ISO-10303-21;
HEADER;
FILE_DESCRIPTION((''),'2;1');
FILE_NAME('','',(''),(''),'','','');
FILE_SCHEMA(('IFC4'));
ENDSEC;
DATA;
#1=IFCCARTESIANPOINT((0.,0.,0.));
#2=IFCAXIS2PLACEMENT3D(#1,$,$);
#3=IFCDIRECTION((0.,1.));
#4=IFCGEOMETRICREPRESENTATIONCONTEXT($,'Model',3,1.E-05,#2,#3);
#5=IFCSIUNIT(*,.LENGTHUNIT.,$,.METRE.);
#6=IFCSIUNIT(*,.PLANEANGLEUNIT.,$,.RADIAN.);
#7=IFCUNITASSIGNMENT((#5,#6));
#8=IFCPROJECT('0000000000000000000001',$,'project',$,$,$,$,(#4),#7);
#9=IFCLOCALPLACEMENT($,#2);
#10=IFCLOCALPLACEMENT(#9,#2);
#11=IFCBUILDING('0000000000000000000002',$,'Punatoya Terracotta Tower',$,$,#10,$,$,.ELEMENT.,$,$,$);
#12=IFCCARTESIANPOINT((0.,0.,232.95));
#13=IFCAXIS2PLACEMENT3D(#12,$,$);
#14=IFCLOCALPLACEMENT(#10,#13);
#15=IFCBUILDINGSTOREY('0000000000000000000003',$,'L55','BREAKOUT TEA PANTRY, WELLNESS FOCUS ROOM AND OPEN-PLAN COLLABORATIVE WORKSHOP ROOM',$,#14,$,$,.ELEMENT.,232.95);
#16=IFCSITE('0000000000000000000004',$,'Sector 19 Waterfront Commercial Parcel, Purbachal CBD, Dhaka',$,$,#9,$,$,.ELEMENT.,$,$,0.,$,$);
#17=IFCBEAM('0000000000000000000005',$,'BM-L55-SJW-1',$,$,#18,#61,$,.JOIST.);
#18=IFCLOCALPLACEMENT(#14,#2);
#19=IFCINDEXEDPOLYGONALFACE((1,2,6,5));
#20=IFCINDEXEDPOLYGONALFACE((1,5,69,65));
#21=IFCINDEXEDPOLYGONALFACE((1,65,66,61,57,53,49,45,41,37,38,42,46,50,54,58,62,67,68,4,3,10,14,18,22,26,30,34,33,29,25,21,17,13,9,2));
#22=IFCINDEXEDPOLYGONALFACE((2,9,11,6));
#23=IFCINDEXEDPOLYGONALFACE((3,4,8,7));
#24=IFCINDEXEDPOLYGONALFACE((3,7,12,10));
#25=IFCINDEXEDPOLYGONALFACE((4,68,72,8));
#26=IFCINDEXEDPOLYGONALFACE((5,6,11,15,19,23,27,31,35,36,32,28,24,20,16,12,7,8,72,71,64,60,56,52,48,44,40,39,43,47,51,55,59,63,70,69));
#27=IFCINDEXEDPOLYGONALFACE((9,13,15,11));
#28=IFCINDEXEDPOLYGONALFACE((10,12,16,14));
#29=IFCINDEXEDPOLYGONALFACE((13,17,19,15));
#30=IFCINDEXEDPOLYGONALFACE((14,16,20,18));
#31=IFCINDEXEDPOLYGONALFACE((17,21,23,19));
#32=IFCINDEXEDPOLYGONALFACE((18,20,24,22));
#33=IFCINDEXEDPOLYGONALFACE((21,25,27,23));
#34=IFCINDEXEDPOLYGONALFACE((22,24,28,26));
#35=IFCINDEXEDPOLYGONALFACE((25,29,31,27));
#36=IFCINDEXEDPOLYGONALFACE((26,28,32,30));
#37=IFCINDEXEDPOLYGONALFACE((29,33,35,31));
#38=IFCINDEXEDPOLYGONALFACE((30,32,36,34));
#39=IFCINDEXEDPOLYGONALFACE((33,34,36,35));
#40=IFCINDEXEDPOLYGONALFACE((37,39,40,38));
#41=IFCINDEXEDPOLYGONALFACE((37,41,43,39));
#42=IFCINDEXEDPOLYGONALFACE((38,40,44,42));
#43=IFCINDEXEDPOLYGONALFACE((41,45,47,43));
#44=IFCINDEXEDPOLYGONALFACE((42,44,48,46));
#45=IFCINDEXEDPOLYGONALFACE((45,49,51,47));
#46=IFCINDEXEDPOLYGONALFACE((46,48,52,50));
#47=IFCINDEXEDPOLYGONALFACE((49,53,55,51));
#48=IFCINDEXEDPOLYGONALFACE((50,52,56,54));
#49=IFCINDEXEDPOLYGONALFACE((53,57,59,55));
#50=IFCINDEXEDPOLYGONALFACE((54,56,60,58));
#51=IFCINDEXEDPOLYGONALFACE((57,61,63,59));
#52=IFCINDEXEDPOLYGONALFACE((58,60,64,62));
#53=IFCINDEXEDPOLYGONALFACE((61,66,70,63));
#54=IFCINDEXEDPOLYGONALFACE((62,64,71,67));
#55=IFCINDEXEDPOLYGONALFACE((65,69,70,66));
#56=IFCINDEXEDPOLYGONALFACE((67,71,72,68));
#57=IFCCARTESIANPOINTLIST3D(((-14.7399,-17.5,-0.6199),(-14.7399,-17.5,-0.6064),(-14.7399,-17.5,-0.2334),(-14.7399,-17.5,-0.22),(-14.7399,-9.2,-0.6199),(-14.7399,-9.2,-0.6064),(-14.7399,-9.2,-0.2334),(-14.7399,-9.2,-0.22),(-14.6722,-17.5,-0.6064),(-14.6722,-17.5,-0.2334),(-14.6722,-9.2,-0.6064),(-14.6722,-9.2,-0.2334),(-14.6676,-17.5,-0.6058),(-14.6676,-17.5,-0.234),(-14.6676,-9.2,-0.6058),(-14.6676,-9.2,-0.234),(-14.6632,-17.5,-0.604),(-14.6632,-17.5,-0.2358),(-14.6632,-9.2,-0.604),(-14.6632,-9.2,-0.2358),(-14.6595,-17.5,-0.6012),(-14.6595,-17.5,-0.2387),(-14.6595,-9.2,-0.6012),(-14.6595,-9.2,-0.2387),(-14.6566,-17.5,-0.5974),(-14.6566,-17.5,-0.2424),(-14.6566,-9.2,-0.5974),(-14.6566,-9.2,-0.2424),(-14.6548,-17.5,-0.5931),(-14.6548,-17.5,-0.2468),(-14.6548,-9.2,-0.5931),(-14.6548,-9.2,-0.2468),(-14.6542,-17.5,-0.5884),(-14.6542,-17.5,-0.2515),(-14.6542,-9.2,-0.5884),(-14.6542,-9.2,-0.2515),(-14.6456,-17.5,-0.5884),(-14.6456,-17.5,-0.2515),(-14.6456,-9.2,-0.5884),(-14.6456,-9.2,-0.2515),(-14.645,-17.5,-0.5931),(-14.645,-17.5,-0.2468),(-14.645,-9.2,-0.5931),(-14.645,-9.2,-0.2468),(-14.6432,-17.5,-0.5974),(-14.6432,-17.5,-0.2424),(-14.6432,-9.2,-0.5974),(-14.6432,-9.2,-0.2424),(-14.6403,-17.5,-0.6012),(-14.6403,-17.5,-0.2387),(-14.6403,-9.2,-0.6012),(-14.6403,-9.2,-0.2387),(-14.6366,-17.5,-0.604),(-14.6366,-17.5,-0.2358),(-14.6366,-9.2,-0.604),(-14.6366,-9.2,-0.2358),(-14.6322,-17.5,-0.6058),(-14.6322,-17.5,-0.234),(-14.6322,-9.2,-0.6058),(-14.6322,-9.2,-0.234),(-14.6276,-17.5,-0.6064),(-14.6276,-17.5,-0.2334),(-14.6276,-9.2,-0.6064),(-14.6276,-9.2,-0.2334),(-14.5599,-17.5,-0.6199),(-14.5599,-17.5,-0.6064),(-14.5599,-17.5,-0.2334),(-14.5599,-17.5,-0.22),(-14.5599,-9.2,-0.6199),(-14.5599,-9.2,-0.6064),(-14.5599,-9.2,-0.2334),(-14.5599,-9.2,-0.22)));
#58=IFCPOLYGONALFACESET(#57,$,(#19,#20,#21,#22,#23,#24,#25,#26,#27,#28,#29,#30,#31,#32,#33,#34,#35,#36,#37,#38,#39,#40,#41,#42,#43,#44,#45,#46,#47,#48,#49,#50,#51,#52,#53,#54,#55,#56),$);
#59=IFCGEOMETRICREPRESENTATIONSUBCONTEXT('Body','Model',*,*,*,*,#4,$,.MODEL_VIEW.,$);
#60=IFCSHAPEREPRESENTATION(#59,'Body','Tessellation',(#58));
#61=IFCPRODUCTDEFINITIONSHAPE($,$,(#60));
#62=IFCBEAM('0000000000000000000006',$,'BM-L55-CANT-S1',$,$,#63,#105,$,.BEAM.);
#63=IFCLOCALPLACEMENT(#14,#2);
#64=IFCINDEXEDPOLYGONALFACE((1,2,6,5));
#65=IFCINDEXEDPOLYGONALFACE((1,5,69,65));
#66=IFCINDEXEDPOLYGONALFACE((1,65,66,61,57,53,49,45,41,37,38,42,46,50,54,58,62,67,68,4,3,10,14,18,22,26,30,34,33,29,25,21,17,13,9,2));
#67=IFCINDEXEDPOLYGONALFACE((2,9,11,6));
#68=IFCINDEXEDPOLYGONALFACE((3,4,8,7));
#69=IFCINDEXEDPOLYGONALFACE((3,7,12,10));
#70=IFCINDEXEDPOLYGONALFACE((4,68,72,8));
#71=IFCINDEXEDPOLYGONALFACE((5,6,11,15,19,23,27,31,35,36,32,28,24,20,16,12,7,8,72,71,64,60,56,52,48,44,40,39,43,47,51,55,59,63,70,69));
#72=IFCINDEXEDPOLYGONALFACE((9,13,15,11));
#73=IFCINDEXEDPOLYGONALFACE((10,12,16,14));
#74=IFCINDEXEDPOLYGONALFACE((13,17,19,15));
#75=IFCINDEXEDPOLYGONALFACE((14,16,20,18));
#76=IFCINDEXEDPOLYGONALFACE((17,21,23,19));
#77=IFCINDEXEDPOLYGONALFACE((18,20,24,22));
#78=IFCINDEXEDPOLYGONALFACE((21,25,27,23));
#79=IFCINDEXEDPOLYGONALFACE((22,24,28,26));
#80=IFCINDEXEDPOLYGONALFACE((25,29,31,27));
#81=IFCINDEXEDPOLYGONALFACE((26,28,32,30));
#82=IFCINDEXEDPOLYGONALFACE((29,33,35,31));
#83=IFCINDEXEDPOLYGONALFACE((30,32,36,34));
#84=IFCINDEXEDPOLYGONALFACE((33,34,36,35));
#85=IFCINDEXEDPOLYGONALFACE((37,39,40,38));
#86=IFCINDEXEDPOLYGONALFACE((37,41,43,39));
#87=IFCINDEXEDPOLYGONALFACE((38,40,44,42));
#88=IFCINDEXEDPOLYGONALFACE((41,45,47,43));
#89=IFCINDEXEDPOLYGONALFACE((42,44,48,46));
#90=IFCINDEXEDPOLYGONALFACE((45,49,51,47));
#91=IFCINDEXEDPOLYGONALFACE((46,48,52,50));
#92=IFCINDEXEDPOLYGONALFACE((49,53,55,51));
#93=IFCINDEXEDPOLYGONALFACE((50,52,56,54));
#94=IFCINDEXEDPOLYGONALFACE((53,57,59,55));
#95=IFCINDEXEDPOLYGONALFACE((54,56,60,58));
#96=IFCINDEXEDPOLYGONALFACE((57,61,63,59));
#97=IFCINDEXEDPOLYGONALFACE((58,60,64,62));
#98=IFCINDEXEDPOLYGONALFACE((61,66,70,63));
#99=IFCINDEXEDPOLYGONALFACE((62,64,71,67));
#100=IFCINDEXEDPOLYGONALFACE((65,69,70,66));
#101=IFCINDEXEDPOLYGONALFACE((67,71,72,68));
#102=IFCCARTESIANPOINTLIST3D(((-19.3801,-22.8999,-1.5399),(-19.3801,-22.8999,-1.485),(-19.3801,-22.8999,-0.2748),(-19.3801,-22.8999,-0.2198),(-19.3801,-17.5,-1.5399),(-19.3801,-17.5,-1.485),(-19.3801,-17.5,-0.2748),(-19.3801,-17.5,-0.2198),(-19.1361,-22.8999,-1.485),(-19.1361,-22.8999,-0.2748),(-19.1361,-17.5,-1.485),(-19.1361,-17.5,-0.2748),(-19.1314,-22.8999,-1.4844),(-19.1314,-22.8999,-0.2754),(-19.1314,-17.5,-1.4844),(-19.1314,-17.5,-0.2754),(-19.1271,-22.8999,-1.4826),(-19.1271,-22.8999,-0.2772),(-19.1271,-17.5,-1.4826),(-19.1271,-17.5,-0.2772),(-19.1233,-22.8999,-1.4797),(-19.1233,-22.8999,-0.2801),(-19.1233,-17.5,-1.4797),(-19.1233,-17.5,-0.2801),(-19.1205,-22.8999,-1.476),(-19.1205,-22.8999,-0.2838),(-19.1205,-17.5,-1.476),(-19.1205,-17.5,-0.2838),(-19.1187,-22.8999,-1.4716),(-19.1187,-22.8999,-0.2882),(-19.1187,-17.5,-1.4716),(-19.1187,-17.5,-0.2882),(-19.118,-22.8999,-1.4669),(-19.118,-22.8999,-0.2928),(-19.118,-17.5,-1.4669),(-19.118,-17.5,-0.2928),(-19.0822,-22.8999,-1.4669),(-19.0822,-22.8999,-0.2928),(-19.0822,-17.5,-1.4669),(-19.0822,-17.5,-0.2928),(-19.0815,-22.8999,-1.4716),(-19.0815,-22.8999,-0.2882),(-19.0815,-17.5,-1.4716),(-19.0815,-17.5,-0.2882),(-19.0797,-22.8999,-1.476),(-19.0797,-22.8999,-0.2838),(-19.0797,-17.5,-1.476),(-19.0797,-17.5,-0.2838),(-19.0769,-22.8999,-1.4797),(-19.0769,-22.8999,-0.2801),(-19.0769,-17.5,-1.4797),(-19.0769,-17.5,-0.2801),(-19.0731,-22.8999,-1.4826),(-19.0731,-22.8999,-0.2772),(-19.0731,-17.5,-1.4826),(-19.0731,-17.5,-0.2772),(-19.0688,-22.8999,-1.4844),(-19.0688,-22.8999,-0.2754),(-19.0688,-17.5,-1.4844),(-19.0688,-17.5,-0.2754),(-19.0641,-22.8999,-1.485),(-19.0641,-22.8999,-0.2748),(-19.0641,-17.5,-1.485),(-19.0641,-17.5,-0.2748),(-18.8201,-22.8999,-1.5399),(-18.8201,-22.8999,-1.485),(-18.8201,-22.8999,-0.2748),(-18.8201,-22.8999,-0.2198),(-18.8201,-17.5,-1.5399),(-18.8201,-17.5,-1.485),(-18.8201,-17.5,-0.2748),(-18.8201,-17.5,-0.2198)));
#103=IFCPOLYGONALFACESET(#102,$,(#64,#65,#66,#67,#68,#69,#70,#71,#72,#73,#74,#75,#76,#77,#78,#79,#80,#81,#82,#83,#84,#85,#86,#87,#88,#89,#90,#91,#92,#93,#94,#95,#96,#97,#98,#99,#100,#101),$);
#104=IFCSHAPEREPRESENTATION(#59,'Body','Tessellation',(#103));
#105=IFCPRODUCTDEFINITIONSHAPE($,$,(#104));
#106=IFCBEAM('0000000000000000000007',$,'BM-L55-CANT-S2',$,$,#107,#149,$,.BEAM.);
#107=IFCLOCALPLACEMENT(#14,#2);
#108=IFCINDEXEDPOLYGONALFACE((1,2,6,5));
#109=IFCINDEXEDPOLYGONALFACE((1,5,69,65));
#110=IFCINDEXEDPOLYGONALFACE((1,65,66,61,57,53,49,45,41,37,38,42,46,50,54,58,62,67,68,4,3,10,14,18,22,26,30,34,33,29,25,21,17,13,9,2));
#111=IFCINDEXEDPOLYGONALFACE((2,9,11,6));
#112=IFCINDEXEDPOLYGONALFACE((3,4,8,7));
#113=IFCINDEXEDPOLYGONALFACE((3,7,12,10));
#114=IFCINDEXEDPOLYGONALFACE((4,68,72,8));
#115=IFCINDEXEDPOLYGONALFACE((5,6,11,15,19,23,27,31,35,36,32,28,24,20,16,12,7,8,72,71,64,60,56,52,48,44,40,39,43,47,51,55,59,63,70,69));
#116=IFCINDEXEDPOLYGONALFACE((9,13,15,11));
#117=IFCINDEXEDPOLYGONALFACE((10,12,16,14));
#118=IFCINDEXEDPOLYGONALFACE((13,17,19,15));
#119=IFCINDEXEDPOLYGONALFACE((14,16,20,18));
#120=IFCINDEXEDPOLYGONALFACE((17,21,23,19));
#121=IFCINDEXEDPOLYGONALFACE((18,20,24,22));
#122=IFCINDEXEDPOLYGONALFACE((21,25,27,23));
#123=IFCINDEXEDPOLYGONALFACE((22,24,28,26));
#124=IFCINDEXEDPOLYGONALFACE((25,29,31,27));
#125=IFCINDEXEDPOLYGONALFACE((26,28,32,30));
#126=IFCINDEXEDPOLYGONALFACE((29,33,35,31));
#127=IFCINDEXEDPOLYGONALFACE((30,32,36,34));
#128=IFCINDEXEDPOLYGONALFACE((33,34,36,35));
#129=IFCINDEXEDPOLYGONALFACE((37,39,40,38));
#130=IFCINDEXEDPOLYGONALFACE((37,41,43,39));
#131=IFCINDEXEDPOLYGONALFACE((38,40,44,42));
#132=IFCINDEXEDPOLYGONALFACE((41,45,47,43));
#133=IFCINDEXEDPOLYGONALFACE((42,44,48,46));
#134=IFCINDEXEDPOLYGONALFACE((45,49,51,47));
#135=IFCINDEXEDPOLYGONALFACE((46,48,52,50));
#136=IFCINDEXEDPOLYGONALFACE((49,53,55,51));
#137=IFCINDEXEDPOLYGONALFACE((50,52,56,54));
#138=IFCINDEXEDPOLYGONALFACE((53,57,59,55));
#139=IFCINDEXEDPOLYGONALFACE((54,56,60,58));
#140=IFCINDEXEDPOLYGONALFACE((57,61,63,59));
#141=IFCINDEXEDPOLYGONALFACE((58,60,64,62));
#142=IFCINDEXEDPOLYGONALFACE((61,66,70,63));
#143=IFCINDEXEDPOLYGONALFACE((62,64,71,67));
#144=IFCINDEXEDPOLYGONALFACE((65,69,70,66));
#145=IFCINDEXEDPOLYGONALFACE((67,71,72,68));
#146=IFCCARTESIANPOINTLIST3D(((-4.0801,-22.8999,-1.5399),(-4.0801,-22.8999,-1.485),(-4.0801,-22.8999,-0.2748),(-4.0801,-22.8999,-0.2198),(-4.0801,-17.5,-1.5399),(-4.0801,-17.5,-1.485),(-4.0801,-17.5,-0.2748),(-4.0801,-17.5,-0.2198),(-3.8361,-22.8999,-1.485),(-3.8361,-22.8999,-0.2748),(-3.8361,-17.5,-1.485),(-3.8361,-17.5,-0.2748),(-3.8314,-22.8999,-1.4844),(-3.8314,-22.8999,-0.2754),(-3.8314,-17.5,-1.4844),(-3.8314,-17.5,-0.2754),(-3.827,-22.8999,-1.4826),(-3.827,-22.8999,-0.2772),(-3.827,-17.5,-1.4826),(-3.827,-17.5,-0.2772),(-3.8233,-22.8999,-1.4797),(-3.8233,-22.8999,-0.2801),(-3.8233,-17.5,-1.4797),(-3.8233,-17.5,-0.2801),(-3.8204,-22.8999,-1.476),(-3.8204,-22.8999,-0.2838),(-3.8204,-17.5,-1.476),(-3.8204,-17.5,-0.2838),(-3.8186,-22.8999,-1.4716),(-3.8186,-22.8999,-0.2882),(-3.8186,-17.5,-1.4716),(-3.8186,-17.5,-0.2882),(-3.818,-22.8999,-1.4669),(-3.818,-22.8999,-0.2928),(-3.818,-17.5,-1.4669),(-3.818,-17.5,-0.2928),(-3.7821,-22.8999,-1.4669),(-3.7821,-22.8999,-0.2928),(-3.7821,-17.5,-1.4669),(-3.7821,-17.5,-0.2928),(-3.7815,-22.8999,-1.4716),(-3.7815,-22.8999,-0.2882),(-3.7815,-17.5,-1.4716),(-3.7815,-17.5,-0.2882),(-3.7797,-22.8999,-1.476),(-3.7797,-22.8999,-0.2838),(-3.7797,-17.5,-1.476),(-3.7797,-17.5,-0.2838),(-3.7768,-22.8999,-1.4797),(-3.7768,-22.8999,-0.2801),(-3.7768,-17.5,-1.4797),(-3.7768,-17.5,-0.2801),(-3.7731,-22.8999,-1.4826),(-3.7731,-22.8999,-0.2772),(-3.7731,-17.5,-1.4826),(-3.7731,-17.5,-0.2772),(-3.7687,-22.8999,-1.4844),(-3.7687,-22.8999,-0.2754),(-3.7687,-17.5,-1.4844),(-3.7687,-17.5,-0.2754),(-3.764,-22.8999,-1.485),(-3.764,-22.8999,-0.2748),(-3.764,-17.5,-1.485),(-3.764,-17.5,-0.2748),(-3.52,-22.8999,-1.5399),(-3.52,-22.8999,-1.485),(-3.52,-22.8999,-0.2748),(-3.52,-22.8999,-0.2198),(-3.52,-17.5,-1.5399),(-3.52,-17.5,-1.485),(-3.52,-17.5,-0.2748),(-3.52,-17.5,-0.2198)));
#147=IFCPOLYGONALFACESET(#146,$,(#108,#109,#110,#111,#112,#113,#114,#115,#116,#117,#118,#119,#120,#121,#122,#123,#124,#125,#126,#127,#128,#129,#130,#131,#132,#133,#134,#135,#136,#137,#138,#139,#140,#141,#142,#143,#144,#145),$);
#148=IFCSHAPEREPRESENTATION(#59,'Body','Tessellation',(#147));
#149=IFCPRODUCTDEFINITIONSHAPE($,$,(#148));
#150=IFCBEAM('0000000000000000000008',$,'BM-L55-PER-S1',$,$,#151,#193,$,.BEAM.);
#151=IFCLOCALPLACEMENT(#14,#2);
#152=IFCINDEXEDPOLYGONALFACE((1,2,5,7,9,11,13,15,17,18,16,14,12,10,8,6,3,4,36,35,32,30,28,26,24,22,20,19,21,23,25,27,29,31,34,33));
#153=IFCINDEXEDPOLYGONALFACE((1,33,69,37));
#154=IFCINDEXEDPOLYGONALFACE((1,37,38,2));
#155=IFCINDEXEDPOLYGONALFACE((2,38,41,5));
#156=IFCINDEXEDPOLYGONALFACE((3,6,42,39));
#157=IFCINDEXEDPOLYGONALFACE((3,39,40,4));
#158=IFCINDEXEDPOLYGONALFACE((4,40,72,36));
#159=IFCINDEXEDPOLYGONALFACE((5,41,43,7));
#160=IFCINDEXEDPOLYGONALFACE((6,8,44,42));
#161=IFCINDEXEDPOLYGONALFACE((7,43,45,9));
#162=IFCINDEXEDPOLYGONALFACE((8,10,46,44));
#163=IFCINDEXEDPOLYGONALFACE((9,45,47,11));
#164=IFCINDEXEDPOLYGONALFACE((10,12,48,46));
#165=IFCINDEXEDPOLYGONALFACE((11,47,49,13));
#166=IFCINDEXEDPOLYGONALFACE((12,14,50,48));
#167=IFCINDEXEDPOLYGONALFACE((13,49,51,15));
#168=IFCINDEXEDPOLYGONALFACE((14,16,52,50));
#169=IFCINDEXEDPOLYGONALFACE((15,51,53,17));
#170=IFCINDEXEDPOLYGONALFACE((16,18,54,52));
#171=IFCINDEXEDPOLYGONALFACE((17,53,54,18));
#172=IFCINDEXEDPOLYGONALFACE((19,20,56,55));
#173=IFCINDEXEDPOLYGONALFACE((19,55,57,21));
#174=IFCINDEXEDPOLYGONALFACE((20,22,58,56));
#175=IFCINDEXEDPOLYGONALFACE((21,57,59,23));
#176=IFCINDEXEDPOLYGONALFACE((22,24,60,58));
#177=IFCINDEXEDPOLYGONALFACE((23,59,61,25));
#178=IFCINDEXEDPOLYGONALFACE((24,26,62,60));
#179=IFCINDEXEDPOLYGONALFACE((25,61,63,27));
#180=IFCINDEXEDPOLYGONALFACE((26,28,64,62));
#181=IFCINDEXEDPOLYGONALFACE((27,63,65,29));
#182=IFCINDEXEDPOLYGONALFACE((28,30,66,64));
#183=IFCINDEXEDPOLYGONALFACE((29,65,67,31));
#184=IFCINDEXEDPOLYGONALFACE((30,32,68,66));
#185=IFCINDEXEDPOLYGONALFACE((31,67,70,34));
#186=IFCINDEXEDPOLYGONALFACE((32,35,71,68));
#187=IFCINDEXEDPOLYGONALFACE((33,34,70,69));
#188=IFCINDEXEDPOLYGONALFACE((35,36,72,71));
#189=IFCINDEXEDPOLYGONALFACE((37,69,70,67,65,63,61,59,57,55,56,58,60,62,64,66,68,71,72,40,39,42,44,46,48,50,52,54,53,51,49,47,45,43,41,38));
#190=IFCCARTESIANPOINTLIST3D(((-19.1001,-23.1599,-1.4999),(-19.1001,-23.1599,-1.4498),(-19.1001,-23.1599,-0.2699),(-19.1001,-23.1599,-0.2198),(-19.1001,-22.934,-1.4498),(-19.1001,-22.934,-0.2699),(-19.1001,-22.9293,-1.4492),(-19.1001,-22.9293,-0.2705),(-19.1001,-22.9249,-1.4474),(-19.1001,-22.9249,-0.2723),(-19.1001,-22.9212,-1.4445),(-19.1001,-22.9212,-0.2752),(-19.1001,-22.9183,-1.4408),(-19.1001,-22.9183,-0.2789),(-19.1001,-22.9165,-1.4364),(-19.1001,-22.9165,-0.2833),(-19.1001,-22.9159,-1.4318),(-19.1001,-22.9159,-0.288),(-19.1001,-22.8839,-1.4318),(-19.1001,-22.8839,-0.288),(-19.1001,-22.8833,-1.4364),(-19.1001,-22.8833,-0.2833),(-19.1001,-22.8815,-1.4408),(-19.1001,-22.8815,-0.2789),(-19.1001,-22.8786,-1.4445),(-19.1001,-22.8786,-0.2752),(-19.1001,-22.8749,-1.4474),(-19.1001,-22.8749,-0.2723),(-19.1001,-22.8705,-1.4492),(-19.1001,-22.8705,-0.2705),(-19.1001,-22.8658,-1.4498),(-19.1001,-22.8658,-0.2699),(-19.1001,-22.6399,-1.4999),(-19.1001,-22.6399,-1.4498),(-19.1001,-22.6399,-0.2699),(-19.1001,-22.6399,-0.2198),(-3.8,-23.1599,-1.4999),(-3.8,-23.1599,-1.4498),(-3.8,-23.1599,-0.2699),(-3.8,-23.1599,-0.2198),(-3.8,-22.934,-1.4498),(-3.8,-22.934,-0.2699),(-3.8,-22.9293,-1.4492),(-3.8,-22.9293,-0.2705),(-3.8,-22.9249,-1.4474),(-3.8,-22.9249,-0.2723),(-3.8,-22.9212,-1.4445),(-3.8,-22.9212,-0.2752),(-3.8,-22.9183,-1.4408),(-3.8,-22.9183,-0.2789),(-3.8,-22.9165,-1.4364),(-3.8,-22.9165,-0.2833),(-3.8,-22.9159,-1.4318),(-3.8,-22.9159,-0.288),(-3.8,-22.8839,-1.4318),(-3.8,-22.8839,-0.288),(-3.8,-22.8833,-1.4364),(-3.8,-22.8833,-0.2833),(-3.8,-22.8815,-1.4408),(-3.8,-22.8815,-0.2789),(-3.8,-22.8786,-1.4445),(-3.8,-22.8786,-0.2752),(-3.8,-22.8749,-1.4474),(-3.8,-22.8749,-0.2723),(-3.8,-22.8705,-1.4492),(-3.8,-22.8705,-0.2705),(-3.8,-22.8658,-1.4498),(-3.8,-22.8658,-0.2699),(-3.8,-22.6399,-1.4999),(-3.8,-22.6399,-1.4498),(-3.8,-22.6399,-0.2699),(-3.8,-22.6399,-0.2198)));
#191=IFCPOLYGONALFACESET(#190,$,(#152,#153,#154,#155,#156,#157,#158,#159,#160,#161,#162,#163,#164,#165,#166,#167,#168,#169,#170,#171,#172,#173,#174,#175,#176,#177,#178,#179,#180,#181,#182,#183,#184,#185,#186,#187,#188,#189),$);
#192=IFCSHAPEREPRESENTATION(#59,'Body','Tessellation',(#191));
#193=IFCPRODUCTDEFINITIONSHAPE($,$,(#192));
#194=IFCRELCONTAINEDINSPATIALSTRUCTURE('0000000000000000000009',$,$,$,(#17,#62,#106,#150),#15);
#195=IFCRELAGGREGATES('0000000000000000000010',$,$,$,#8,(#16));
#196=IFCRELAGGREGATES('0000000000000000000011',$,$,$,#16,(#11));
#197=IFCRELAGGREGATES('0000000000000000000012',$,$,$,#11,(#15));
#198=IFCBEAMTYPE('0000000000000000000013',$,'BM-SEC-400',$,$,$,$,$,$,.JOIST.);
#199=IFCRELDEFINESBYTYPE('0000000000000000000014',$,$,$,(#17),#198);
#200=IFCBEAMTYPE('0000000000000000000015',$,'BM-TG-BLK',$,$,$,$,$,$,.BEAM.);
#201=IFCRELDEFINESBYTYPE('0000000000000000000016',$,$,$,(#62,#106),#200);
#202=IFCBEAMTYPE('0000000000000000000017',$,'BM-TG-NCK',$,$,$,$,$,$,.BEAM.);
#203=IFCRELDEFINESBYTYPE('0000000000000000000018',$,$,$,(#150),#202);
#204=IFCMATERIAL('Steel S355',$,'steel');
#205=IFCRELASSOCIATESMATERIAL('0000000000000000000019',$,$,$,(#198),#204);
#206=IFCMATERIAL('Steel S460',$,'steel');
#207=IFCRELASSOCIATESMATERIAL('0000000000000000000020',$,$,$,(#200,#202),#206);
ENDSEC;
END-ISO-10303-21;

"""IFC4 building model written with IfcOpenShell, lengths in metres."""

from ifc_helpers import new_model, si_unit, direction, frame, origin, origin_2d, place, context, subcontext, project, spatial, i_section, extrude, material, material_profile, profile_set, type_object, element, save


model = new_model("IFC4")

# Units and contexts
model_context = context("Model", 3, precision=1e-05, world=origin(), true_north=direction((0.0, 1.0)))
body_context = subcontext(model_context, "Body", "Model", "MODEL_VIEW")
ifc_project = project(units=[si_unit("LENGTHUNIT", "METRE"), si_unit("PLANEANGLEUNIT", "RADIAN")], contexts=[model_context])

# Site, building, storey
site_placement = place(None, origin())
site = spatial("IfcSite", under=ifc_project, at=site_placement, Name="Sector 19 Waterfront Commercial Parcel, Purbachal CBD, Dhaka", CompositionType="ELEMENT", RefElevation=0.0)
building_placement = place(site_placement, origin())
building = spatial("IfcBuilding", under=site, at=building_placement, Name="Punatoya Terracotta Tower", CompositionType="ELEMENT")
storey_placement = place(building_placement, frame((0.0, 0.0, 232.95)))
storey = spatial("IfcBuildingStorey", under=building, at=storey_placement, Name="L55", Description="BREAKOUT TEA PANTRY, WELLNESS FOCUS ROOM AND OPEN-PLAN COLLABORATIVE WORKSHOP ROOM", CompositionType="ELEMENT", Elevation=232.95)

# Shared definitions
ifc_material_1 = material(Name="Steel S460", Category="steel")

# Beams
ifc_material_2 = material(Name="Steel S355", Category="steel")
ifc_material_profile_1 = material_profile(ifc_material_2, i_section(OverallWidth=0.1799, OverallDepth=0.3999, WebThickness=0.0085, FlangeThickness=0.0134, FilletRadius=0.0181, at=origin_2d()))
ifc_profile_set_1 = profile_set([ifc_material_profile_1], Name="Steel S355")
beam_type_1 = type_object("IfcBeamType", Name="BM-SEC-400", PredefinedType="JOIST", material=ifc_profile_set_1)
beam_1_placement = place(storey_placement, frame((-14.6499, -17.5, -0.4199), z_axis=(0.0, 1.0, 0.0), x_axis=(-1.0, 0.0, 0.0)))
element("IfcBeam", 1, at=beam_1_placement, inside=storey, type_object=beam_type_1, Name="BM-L55-SJW-1", PredefinedType="JOIST", context=body_context, shape_type="SweptSolid", body=[
    extrude(i_section(OverallWidth=0.1799, OverallDepth=0.3999, WebThickness=0.0085, FlangeThickness=0.0134, FilletRadius=0.0181, at=origin_2d()), origin(), (0.0, 0.0, 1.0), 8.3),
])
ifc_material_profile_2 = material_profile(ifc_material_1, i_section(OverallWidth=0.5601, OverallDepth=1.3201, WebThickness=0.0359, FlangeThickness=0.0549, FilletRadius=0.0181, at=origin_2d()))
ifc_profile_set_2 = profile_set([ifc_material_profile_2], Name="Steel S460")
beam_type_2 = type_object("IfcBeamType", Name="BM-TG-BLK", PredefinedType="BEAM", material=ifc_profile_set_2)
for number, where, z_axis, x_axis, name in (
    (2, (-19.1001, -22.8999, -0.8799), (0.0, 1.0, 0.0), (-1.0, 0.0, 0.0), "BM-L55-CANT-S1"),
    (3, (-3.8, -22.8999, -0.8799), (0.0, 1.0, 0.0), (-1.0, 0.0, 0.0), "BM-L55-CANT-S2"),
):
    element("IfcBeam", number, at=place(storey_placement, frame(where, z_axis=z_axis, x_axis=x_axis)), inside=storey, type_object=beam_type_2, Name=name, PredefinedType="BEAM", context=body_context, shape_type="SweptSolid", body=[
        extrude(i_section(OverallWidth=0.5601, OverallDepth=1.3201, WebThickness=0.0359, FlangeThickness=0.0549, FilletRadius=0.0181, at=origin_2d()), origin(), (0.0, 0.0, 1.0), 5.3999),
    ])
ifc_material_profile_3 = material_profile(ifc_material_1, i_section(OverallWidth=0.52, OverallDepth=1.28, WebThickness=0.032, FlangeThickness=0.05, FilletRadius=0.0181, at=origin_2d()))
ifc_profile_set_3 = profile_set([ifc_material_profile_3], Name="Steel S460")
beam_type_3 = type_object("IfcBeamType", Name="BM-TG-NCK", PredefinedType="BEAM", material=ifc_profile_set_3)
beam_2_placement = place(storey_placement, frame((-19.1001, -22.8999, -0.8599), z_axis=(1.0, 0.0, 0.0), x_axis=(0.0, 1.0, 0.0)))
element("IfcBeam", 4, at=beam_2_placement, inside=storey, type_object=beam_type_3, Name="BM-L55-PER-S1", PredefinedType="BEAM", context=body_context, shape_type="SweptSolid", body=[
    extrude(i_section(OverallWidth=0.52, OverallDepth=1.28, WebThickness=0.032, FlangeThickness=0.05, FilletRadius=0.0181, at=origin_2d()), origin(), (0.0, 0.0, 1.0), 15.3),
])

save(model, "model.ifc")
